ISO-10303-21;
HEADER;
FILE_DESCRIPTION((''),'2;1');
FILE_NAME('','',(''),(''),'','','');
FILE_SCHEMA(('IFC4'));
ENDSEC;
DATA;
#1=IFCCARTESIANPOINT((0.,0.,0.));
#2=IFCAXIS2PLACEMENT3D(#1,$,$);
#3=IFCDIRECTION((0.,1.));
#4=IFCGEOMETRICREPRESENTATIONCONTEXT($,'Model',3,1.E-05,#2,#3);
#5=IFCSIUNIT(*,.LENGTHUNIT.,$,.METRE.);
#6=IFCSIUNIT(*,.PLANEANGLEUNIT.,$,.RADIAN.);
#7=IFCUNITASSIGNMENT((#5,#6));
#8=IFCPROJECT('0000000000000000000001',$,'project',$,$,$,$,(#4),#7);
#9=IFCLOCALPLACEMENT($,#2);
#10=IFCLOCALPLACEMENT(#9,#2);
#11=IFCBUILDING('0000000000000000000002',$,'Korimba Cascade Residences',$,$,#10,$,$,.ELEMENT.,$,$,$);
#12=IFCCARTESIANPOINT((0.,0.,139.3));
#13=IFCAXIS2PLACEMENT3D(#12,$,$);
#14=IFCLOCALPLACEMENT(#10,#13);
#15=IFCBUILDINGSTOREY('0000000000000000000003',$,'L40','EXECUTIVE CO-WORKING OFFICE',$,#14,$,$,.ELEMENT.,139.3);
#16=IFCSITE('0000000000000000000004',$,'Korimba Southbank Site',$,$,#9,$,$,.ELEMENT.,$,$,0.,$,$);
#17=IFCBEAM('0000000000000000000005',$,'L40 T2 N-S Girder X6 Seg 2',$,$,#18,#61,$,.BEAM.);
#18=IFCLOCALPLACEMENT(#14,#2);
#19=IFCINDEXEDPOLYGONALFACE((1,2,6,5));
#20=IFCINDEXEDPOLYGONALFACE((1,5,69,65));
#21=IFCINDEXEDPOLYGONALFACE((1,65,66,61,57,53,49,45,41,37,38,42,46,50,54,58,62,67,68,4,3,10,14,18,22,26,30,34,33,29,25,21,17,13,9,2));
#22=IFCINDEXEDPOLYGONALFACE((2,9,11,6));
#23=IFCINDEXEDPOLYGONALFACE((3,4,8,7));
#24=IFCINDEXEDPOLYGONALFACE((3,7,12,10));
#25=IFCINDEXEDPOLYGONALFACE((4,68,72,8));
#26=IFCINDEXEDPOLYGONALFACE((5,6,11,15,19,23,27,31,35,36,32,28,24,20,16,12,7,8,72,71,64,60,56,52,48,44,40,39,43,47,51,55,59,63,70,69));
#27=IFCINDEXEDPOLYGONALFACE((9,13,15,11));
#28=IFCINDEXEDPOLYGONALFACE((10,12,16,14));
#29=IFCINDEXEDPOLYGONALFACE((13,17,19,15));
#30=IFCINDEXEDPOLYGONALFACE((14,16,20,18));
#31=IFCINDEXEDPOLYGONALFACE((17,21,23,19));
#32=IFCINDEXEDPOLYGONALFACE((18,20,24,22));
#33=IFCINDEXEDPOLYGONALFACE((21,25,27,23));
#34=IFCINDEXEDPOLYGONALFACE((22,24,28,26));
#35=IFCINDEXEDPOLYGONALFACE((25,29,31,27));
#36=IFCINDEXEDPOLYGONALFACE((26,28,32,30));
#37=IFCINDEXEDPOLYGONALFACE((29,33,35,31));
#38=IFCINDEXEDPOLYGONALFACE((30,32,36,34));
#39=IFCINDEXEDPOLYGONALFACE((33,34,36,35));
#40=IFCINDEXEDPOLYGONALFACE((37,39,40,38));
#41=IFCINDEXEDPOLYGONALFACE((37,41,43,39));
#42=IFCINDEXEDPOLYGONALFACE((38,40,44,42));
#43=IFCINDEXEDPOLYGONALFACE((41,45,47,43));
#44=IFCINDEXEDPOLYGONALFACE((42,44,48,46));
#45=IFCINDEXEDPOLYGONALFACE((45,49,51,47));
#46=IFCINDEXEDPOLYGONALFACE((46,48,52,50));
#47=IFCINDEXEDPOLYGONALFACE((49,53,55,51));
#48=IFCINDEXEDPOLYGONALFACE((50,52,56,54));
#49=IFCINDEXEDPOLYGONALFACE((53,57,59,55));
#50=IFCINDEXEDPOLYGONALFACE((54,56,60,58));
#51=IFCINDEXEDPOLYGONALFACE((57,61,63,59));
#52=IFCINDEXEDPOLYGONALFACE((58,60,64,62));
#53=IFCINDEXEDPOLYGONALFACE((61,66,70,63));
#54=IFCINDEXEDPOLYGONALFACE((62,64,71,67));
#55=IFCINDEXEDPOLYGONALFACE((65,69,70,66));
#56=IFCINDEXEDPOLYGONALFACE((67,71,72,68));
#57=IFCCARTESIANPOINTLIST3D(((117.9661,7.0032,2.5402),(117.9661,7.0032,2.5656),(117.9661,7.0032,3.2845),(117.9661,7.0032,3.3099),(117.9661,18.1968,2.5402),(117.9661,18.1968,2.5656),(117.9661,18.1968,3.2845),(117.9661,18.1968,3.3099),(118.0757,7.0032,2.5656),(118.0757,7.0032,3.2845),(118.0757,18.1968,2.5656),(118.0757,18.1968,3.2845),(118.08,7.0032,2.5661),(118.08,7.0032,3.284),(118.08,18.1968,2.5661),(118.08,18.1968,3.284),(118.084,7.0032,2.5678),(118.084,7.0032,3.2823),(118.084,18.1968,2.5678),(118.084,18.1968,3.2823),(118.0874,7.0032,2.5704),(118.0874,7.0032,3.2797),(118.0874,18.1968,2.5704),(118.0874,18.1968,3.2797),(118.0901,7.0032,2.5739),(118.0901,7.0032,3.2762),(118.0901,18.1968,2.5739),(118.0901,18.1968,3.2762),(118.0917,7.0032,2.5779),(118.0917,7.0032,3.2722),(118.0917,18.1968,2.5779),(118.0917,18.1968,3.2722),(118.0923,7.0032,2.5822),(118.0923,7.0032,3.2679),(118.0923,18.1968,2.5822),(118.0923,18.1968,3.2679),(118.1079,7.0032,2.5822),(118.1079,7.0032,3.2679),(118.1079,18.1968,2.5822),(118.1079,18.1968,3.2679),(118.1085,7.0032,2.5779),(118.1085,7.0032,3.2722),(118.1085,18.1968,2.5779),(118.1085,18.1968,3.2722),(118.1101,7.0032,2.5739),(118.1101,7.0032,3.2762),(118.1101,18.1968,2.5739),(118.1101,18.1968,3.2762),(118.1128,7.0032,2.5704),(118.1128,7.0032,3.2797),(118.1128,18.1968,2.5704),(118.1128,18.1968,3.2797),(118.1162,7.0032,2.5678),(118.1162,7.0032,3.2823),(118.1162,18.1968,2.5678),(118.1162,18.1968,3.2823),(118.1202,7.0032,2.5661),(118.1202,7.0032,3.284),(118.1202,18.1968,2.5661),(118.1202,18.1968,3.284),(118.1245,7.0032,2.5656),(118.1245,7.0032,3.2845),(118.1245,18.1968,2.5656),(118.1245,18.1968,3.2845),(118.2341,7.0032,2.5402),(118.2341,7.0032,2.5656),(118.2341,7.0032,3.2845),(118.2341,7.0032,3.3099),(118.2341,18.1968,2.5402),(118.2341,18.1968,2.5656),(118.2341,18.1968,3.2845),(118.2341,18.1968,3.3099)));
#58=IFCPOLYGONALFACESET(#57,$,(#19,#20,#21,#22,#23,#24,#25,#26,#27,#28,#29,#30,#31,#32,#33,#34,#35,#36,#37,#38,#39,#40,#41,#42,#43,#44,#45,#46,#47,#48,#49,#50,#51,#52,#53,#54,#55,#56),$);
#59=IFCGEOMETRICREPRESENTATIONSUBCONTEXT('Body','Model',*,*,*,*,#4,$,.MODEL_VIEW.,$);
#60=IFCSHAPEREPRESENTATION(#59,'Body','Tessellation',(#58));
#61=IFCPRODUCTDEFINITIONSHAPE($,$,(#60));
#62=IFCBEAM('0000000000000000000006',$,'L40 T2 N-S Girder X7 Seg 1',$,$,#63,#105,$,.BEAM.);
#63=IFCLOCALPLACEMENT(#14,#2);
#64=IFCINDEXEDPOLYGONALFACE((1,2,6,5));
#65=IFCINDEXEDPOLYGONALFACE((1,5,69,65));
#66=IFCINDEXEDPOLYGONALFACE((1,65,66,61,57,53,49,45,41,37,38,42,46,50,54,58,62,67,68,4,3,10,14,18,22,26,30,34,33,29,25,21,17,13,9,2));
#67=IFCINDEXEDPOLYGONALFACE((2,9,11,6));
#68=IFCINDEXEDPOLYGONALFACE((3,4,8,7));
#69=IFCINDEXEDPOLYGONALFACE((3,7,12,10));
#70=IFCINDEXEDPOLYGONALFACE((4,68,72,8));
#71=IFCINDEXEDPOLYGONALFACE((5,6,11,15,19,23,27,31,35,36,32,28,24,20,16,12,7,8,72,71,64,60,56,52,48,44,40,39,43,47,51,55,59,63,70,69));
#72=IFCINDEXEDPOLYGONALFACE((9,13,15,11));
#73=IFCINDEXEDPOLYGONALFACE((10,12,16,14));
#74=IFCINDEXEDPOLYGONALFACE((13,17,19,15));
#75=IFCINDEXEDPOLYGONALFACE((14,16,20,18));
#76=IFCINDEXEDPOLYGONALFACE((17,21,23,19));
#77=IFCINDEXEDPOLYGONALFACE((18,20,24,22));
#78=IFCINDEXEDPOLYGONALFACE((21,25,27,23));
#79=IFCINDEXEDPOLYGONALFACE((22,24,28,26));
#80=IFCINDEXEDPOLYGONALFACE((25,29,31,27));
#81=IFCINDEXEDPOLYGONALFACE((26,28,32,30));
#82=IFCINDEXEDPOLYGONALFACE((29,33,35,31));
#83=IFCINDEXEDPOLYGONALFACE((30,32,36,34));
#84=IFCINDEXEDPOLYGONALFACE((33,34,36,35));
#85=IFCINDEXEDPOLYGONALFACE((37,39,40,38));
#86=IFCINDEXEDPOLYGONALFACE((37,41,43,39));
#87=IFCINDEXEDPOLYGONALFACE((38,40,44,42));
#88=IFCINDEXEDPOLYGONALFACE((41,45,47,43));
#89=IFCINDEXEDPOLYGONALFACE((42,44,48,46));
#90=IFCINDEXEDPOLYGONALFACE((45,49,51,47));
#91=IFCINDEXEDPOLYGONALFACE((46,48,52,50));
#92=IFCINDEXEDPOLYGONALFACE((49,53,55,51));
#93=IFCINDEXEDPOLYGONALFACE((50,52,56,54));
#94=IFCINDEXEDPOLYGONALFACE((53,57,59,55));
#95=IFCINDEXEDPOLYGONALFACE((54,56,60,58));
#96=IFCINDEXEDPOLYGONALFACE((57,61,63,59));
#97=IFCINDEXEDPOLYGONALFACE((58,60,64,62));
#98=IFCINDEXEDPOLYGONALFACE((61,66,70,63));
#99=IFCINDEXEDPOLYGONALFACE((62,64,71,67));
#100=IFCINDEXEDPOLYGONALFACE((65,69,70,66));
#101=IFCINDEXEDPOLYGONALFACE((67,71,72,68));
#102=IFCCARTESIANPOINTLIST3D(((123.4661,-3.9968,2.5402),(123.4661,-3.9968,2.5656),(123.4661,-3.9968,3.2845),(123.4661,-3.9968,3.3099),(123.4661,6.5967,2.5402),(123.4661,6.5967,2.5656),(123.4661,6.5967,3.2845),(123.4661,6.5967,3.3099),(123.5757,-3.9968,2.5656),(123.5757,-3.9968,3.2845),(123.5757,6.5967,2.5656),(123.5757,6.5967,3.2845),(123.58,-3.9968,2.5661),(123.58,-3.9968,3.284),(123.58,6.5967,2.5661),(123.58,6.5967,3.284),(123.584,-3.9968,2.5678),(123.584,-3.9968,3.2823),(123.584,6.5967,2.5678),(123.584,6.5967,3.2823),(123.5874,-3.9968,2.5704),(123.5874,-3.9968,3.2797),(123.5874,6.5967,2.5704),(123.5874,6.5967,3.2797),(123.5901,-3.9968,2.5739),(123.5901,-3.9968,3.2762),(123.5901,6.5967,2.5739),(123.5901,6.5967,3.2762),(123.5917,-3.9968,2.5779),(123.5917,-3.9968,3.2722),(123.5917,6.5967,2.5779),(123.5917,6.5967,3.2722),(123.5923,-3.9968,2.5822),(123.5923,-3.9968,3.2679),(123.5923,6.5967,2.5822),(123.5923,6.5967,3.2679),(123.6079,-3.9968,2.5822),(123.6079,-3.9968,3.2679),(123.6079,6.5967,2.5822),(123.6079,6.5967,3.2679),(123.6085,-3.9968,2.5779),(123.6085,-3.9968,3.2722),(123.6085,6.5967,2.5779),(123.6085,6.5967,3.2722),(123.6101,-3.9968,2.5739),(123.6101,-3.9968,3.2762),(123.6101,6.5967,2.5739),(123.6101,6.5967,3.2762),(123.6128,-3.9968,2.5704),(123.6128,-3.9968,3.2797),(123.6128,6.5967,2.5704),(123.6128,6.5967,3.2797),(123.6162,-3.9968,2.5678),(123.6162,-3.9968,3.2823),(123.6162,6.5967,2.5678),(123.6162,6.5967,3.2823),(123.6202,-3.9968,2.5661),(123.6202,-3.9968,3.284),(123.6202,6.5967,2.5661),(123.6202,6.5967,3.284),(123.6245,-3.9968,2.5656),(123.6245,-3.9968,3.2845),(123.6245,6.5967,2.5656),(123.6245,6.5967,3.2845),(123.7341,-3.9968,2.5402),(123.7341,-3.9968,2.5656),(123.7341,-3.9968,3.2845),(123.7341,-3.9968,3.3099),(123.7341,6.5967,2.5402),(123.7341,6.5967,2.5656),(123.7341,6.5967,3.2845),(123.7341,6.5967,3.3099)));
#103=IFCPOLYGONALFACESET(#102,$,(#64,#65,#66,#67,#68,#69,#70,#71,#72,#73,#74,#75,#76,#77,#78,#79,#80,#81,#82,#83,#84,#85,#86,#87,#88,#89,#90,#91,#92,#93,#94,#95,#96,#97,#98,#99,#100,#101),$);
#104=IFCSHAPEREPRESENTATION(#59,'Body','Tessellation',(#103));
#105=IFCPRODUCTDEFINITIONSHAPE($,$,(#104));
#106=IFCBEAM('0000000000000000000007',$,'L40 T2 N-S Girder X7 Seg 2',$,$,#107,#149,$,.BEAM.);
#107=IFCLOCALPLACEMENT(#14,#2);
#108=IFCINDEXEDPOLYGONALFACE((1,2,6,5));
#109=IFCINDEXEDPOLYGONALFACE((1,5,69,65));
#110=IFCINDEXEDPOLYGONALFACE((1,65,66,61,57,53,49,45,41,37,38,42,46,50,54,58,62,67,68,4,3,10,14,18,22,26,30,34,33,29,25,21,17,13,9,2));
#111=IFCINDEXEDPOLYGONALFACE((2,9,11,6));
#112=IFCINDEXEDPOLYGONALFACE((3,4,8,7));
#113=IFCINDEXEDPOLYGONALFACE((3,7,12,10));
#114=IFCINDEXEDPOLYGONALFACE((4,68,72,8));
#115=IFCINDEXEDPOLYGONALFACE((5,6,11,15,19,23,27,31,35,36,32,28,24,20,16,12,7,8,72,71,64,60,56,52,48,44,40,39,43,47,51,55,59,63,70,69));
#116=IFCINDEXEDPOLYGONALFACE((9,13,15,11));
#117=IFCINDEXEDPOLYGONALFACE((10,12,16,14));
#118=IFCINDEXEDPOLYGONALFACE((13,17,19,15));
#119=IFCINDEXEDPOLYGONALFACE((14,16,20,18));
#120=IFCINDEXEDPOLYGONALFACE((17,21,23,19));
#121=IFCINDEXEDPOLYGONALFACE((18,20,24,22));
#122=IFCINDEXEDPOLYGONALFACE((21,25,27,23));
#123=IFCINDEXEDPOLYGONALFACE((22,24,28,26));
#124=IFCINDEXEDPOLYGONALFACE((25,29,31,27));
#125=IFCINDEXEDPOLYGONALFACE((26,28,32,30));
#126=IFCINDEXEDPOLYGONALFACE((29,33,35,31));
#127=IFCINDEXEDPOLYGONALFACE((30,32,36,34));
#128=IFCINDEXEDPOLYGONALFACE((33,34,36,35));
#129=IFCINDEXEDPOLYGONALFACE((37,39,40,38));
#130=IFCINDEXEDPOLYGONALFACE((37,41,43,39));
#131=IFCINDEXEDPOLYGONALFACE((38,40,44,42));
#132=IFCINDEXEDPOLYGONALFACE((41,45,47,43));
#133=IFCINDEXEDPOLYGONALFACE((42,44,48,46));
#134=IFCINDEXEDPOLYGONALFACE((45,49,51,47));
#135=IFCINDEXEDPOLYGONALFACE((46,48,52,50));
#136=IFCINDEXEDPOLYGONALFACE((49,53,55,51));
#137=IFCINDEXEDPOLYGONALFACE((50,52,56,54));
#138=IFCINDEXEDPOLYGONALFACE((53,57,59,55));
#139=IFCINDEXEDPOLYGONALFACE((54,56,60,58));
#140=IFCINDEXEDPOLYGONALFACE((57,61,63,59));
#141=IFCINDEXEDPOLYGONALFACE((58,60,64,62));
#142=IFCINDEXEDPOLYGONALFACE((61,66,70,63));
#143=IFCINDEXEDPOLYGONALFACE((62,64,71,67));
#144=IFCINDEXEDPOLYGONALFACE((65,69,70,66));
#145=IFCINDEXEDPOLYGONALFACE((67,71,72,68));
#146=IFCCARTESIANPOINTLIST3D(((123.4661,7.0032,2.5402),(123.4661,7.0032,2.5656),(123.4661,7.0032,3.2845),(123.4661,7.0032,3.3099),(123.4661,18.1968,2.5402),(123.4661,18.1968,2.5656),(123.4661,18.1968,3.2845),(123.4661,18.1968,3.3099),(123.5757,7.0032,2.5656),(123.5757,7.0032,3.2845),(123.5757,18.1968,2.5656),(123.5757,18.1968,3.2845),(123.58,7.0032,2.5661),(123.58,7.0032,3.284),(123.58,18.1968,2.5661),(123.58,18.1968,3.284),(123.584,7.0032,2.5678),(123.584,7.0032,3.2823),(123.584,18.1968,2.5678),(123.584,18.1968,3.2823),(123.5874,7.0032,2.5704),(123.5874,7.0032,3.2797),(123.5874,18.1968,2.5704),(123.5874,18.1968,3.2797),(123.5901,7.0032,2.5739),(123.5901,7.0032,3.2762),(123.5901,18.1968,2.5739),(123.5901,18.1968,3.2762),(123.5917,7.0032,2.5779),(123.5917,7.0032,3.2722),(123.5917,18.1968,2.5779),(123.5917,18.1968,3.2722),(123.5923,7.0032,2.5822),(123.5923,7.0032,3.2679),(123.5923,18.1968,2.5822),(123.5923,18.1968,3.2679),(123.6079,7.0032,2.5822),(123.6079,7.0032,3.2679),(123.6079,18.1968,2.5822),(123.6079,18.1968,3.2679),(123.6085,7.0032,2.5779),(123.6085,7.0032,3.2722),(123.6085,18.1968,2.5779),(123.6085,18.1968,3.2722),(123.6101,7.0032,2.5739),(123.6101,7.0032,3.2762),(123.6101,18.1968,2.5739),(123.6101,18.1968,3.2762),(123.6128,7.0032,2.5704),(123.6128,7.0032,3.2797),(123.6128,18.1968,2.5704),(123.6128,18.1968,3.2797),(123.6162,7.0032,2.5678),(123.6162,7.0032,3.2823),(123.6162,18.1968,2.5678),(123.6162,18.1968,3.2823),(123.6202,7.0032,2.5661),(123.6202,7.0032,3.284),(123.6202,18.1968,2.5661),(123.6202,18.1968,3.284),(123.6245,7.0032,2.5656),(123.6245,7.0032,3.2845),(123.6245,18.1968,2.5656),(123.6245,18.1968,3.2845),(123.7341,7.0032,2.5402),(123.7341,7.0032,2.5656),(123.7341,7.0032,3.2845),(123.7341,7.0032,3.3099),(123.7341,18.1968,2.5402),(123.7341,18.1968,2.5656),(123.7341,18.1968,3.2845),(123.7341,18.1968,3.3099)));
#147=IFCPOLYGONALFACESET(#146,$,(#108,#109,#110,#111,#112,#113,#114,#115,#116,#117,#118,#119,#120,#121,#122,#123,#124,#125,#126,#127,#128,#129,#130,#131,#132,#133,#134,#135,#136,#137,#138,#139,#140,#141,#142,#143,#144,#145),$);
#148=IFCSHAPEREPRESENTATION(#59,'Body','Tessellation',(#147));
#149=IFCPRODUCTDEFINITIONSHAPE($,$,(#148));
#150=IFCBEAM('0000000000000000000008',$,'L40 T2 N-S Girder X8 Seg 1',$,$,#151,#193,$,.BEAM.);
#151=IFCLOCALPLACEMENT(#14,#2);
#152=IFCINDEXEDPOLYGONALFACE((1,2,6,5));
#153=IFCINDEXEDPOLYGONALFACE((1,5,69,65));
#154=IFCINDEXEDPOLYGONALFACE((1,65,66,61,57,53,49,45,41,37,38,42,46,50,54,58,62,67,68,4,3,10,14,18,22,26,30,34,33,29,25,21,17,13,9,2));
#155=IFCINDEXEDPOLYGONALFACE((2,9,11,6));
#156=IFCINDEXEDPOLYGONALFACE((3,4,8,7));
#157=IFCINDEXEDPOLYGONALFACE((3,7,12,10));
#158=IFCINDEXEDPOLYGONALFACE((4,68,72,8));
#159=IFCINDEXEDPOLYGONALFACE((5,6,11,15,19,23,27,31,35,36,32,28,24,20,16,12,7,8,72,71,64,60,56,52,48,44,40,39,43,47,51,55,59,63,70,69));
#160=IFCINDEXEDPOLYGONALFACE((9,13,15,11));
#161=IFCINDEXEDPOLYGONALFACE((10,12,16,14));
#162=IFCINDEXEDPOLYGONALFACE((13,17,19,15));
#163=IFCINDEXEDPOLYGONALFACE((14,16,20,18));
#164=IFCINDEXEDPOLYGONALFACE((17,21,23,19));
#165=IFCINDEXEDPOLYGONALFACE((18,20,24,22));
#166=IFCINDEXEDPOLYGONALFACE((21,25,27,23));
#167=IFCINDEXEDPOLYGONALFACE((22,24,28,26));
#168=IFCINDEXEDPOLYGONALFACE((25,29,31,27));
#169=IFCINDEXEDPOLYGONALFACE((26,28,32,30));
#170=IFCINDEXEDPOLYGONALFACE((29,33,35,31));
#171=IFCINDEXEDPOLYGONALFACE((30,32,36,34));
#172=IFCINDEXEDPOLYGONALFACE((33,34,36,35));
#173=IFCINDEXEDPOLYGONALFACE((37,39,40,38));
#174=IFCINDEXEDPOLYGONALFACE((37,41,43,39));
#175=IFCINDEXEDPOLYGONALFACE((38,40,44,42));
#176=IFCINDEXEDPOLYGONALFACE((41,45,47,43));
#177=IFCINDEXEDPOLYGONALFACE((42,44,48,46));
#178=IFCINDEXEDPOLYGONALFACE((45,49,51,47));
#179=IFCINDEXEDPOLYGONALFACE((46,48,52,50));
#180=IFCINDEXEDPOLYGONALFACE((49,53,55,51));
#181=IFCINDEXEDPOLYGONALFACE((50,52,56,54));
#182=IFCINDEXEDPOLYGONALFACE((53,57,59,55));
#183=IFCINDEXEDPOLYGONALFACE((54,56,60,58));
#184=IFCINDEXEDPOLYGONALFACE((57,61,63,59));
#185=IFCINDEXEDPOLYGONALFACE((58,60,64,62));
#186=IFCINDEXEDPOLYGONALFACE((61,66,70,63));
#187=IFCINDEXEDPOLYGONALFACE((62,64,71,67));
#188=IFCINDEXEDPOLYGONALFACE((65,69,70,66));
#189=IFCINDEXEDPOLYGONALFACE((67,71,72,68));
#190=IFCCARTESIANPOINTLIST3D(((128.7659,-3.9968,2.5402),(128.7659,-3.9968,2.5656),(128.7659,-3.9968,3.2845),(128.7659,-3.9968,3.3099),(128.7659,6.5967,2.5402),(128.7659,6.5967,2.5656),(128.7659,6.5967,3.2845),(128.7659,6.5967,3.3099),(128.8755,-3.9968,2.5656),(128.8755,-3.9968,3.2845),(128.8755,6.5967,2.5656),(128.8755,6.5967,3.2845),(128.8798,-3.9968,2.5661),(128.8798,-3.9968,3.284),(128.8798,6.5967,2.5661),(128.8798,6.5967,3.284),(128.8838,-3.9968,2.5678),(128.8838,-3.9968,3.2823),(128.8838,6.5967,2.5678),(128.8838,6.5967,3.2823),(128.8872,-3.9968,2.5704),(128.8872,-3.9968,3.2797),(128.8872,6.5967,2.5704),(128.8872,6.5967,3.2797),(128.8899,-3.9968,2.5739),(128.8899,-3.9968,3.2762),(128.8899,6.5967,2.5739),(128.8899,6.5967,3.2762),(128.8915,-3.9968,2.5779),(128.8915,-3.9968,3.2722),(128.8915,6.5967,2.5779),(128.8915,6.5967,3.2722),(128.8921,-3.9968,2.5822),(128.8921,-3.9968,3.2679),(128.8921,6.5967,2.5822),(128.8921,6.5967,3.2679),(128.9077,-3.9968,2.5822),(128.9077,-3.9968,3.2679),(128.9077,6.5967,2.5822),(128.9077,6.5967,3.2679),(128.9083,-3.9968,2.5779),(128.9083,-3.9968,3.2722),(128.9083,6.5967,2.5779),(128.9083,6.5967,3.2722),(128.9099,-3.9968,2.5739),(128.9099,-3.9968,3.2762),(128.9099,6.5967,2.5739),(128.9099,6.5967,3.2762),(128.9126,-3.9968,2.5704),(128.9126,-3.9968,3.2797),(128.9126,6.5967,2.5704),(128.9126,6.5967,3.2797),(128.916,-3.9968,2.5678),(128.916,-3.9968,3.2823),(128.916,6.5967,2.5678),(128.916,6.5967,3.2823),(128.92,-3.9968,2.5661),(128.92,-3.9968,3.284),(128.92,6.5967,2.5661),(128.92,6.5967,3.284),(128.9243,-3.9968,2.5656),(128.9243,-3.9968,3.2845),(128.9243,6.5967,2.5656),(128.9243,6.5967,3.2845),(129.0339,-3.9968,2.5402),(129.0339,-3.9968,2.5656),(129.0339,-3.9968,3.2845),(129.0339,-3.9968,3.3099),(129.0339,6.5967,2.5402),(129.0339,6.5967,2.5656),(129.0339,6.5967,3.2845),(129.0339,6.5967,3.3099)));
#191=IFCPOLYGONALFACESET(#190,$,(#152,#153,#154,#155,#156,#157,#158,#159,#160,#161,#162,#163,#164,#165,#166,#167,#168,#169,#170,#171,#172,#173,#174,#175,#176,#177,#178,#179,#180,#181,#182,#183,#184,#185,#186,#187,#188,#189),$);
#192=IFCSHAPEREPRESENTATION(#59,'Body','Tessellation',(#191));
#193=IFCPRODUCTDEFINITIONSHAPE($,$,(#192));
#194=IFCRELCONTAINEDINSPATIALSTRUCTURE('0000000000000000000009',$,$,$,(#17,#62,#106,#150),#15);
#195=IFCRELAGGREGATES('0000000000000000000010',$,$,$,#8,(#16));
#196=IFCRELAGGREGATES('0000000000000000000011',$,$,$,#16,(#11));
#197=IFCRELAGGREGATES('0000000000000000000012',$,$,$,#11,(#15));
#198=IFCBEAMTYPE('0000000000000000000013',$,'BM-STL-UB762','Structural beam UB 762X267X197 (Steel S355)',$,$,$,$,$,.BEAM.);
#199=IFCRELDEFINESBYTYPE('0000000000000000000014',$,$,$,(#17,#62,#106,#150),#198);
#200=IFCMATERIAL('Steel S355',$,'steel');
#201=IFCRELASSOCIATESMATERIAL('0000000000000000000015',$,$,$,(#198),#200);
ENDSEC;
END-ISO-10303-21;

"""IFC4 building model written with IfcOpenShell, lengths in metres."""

from ifc_helpers import new_model, si_unit, direction, frame, origin, origin_2d, place, context, subcontext, project, spatial, i_section, extrude, material, material_profile, profile_set, type_object, element, save


model = new_model("IFC4")

# Units and contexts
model_context = context("Model", 3, precision=1e-05, world=origin(), true_north=direction((0.0, 1.0)))
body_context = subcontext(model_context, "Body", "Model", "MODEL_VIEW")
ifc_project = project(units=[si_unit("LENGTHUNIT", "METRE"), si_unit("PLANEANGLEUNIT", "RADIAN")], contexts=[model_context])

# Site, building, storey
site_placement = place(None, origin())
site = spatial("IfcSite", under=ifc_project, at=site_placement, Name="Korimba Southbank Site", CompositionType="ELEMENT", RefElevation=0.0)
building_placement = place(site_placement, origin())
building = spatial("IfcBuilding", under=site, at=building_placement, Name="Korimba Cascade Residences", CompositionType="ELEMENT")
storey_placement = place(building_placement, frame((0.0, 0.0, 139.3)))
storey = spatial("IfcBuildingStorey", under=building, at=storey_placement, Name="L40", Description="EXECUTIVE CO-WORKING OFFICE", CompositionType="ELEMENT", Elevation=139.3)

# Beams
ifc_material_1 = material(Name="Steel S355", Category="steel")
ifc_material_profile_1 = material_profile(ifc_material_1, i_section(OverallWidth=0.2681, OverallDepth=0.7698, WebThickness=0.0156, FlangeThickness=0.0254, FilletRadius=0.0166, at=origin_2d()), Name="Steel S355")
ifc_profile_set_1 = profile_set([ifc_material_profile_1], Name="Steel S355")
beam_type_1 = type_object("IfcBeamType", Name="BM-STL-UB762", Description="Structural beam UB 762X267X197 (Steel S355)", PredefinedType="BEAM", material=ifc_profile_set_1)
beam_1_placement = place(storey_placement, frame((118.1001, 7.0032, 2.925), z_axis=(0.0, 1.0, 0.0), x_axis=(-1.0, 0.0, 0.0)))
element("IfcBeam", 1, at=beam_1_placement, inside=storey, type_object=beam_type_1, Name="L40 T2 N-S Girder X6 Seg 2", PredefinedType="BEAM", context=body_context, shape_type="SweptSolid", body=[
    extrude(i_section(OverallWidth=0.2681, OverallDepth=0.7698, WebThickness=0.0156, FlangeThickness=0.0254, FilletRadius=0.0166, at=origin_2d()), origin(), (0.0, 0.0, 1.0), 11.1936),
])
beam_2_placement = place(storey_placement, frame((123.6001, -3.9968, 2.925), z_axis=(0.0, 1.0, 0.0), x_axis=(-1.0, 0.0, 0.0)))
element("IfcBeam", 2, at=beam_2_placement, inside=storey, type_object=beam_type_1, Name="L40 T2 N-S Girder X7 Seg 1", PredefinedType="BEAM", context=body_context, shape_type="SweptSolid", body=[
    extrude(i_section(OverallWidth=0.2681, OverallDepth=0.7698, WebThickness=0.0156, FlangeThickness=0.0254, FilletRadius=0.0166, at=origin_2d()), origin(), (0.0, 0.0, 1.0), 10.5935),
])
beam_3_placement = place(storey_placement, frame((123.6001, 7.0032, 2.925), z_axis=(0.0, 1.0, 0.0), x_axis=(-1.0, 0.0, 0.0)))
element("IfcBeam", 3, at=beam_3_placement, inside=storey, type_object=beam_type_1, Name="L40 T2 N-S Girder X7 Seg 2", PredefinedType="BEAM", context=body_context, shape_type="SweptSolid", body=[
    extrude(i_section(OverallWidth=0.2681, OverallDepth=0.7698, WebThickness=0.0156, FlangeThickness=0.0254, FilletRadius=0.0166, at=origin_2d()), origin(), (0.0, 0.0, 1.0), 11.1936),
])
beam_4_placement = place(storey_placement, frame((128.8999, -3.9968, 2.925), z_axis=(0.0, 1.0, 0.0), x_axis=(-1.0, 0.0, 0.0)))
element("IfcBeam", 4, at=beam_4_placement, inside=storey, type_object=beam_type_1, Name="L40 T2 N-S Girder X8 Seg 1", PredefinedType="BEAM", context=body_context, shape_type="SweptSolid", body=[
    extrude(i_section(OverallWidth=0.2681, OverallDepth=0.7698, WebThickness=0.0156, FlangeThickness=0.0254, FilletRadius=0.0166, at=origin_2d()), origin(), (0.0, 0.0, 1.0), 10.5935),
])

save(model, "model.ifc")
